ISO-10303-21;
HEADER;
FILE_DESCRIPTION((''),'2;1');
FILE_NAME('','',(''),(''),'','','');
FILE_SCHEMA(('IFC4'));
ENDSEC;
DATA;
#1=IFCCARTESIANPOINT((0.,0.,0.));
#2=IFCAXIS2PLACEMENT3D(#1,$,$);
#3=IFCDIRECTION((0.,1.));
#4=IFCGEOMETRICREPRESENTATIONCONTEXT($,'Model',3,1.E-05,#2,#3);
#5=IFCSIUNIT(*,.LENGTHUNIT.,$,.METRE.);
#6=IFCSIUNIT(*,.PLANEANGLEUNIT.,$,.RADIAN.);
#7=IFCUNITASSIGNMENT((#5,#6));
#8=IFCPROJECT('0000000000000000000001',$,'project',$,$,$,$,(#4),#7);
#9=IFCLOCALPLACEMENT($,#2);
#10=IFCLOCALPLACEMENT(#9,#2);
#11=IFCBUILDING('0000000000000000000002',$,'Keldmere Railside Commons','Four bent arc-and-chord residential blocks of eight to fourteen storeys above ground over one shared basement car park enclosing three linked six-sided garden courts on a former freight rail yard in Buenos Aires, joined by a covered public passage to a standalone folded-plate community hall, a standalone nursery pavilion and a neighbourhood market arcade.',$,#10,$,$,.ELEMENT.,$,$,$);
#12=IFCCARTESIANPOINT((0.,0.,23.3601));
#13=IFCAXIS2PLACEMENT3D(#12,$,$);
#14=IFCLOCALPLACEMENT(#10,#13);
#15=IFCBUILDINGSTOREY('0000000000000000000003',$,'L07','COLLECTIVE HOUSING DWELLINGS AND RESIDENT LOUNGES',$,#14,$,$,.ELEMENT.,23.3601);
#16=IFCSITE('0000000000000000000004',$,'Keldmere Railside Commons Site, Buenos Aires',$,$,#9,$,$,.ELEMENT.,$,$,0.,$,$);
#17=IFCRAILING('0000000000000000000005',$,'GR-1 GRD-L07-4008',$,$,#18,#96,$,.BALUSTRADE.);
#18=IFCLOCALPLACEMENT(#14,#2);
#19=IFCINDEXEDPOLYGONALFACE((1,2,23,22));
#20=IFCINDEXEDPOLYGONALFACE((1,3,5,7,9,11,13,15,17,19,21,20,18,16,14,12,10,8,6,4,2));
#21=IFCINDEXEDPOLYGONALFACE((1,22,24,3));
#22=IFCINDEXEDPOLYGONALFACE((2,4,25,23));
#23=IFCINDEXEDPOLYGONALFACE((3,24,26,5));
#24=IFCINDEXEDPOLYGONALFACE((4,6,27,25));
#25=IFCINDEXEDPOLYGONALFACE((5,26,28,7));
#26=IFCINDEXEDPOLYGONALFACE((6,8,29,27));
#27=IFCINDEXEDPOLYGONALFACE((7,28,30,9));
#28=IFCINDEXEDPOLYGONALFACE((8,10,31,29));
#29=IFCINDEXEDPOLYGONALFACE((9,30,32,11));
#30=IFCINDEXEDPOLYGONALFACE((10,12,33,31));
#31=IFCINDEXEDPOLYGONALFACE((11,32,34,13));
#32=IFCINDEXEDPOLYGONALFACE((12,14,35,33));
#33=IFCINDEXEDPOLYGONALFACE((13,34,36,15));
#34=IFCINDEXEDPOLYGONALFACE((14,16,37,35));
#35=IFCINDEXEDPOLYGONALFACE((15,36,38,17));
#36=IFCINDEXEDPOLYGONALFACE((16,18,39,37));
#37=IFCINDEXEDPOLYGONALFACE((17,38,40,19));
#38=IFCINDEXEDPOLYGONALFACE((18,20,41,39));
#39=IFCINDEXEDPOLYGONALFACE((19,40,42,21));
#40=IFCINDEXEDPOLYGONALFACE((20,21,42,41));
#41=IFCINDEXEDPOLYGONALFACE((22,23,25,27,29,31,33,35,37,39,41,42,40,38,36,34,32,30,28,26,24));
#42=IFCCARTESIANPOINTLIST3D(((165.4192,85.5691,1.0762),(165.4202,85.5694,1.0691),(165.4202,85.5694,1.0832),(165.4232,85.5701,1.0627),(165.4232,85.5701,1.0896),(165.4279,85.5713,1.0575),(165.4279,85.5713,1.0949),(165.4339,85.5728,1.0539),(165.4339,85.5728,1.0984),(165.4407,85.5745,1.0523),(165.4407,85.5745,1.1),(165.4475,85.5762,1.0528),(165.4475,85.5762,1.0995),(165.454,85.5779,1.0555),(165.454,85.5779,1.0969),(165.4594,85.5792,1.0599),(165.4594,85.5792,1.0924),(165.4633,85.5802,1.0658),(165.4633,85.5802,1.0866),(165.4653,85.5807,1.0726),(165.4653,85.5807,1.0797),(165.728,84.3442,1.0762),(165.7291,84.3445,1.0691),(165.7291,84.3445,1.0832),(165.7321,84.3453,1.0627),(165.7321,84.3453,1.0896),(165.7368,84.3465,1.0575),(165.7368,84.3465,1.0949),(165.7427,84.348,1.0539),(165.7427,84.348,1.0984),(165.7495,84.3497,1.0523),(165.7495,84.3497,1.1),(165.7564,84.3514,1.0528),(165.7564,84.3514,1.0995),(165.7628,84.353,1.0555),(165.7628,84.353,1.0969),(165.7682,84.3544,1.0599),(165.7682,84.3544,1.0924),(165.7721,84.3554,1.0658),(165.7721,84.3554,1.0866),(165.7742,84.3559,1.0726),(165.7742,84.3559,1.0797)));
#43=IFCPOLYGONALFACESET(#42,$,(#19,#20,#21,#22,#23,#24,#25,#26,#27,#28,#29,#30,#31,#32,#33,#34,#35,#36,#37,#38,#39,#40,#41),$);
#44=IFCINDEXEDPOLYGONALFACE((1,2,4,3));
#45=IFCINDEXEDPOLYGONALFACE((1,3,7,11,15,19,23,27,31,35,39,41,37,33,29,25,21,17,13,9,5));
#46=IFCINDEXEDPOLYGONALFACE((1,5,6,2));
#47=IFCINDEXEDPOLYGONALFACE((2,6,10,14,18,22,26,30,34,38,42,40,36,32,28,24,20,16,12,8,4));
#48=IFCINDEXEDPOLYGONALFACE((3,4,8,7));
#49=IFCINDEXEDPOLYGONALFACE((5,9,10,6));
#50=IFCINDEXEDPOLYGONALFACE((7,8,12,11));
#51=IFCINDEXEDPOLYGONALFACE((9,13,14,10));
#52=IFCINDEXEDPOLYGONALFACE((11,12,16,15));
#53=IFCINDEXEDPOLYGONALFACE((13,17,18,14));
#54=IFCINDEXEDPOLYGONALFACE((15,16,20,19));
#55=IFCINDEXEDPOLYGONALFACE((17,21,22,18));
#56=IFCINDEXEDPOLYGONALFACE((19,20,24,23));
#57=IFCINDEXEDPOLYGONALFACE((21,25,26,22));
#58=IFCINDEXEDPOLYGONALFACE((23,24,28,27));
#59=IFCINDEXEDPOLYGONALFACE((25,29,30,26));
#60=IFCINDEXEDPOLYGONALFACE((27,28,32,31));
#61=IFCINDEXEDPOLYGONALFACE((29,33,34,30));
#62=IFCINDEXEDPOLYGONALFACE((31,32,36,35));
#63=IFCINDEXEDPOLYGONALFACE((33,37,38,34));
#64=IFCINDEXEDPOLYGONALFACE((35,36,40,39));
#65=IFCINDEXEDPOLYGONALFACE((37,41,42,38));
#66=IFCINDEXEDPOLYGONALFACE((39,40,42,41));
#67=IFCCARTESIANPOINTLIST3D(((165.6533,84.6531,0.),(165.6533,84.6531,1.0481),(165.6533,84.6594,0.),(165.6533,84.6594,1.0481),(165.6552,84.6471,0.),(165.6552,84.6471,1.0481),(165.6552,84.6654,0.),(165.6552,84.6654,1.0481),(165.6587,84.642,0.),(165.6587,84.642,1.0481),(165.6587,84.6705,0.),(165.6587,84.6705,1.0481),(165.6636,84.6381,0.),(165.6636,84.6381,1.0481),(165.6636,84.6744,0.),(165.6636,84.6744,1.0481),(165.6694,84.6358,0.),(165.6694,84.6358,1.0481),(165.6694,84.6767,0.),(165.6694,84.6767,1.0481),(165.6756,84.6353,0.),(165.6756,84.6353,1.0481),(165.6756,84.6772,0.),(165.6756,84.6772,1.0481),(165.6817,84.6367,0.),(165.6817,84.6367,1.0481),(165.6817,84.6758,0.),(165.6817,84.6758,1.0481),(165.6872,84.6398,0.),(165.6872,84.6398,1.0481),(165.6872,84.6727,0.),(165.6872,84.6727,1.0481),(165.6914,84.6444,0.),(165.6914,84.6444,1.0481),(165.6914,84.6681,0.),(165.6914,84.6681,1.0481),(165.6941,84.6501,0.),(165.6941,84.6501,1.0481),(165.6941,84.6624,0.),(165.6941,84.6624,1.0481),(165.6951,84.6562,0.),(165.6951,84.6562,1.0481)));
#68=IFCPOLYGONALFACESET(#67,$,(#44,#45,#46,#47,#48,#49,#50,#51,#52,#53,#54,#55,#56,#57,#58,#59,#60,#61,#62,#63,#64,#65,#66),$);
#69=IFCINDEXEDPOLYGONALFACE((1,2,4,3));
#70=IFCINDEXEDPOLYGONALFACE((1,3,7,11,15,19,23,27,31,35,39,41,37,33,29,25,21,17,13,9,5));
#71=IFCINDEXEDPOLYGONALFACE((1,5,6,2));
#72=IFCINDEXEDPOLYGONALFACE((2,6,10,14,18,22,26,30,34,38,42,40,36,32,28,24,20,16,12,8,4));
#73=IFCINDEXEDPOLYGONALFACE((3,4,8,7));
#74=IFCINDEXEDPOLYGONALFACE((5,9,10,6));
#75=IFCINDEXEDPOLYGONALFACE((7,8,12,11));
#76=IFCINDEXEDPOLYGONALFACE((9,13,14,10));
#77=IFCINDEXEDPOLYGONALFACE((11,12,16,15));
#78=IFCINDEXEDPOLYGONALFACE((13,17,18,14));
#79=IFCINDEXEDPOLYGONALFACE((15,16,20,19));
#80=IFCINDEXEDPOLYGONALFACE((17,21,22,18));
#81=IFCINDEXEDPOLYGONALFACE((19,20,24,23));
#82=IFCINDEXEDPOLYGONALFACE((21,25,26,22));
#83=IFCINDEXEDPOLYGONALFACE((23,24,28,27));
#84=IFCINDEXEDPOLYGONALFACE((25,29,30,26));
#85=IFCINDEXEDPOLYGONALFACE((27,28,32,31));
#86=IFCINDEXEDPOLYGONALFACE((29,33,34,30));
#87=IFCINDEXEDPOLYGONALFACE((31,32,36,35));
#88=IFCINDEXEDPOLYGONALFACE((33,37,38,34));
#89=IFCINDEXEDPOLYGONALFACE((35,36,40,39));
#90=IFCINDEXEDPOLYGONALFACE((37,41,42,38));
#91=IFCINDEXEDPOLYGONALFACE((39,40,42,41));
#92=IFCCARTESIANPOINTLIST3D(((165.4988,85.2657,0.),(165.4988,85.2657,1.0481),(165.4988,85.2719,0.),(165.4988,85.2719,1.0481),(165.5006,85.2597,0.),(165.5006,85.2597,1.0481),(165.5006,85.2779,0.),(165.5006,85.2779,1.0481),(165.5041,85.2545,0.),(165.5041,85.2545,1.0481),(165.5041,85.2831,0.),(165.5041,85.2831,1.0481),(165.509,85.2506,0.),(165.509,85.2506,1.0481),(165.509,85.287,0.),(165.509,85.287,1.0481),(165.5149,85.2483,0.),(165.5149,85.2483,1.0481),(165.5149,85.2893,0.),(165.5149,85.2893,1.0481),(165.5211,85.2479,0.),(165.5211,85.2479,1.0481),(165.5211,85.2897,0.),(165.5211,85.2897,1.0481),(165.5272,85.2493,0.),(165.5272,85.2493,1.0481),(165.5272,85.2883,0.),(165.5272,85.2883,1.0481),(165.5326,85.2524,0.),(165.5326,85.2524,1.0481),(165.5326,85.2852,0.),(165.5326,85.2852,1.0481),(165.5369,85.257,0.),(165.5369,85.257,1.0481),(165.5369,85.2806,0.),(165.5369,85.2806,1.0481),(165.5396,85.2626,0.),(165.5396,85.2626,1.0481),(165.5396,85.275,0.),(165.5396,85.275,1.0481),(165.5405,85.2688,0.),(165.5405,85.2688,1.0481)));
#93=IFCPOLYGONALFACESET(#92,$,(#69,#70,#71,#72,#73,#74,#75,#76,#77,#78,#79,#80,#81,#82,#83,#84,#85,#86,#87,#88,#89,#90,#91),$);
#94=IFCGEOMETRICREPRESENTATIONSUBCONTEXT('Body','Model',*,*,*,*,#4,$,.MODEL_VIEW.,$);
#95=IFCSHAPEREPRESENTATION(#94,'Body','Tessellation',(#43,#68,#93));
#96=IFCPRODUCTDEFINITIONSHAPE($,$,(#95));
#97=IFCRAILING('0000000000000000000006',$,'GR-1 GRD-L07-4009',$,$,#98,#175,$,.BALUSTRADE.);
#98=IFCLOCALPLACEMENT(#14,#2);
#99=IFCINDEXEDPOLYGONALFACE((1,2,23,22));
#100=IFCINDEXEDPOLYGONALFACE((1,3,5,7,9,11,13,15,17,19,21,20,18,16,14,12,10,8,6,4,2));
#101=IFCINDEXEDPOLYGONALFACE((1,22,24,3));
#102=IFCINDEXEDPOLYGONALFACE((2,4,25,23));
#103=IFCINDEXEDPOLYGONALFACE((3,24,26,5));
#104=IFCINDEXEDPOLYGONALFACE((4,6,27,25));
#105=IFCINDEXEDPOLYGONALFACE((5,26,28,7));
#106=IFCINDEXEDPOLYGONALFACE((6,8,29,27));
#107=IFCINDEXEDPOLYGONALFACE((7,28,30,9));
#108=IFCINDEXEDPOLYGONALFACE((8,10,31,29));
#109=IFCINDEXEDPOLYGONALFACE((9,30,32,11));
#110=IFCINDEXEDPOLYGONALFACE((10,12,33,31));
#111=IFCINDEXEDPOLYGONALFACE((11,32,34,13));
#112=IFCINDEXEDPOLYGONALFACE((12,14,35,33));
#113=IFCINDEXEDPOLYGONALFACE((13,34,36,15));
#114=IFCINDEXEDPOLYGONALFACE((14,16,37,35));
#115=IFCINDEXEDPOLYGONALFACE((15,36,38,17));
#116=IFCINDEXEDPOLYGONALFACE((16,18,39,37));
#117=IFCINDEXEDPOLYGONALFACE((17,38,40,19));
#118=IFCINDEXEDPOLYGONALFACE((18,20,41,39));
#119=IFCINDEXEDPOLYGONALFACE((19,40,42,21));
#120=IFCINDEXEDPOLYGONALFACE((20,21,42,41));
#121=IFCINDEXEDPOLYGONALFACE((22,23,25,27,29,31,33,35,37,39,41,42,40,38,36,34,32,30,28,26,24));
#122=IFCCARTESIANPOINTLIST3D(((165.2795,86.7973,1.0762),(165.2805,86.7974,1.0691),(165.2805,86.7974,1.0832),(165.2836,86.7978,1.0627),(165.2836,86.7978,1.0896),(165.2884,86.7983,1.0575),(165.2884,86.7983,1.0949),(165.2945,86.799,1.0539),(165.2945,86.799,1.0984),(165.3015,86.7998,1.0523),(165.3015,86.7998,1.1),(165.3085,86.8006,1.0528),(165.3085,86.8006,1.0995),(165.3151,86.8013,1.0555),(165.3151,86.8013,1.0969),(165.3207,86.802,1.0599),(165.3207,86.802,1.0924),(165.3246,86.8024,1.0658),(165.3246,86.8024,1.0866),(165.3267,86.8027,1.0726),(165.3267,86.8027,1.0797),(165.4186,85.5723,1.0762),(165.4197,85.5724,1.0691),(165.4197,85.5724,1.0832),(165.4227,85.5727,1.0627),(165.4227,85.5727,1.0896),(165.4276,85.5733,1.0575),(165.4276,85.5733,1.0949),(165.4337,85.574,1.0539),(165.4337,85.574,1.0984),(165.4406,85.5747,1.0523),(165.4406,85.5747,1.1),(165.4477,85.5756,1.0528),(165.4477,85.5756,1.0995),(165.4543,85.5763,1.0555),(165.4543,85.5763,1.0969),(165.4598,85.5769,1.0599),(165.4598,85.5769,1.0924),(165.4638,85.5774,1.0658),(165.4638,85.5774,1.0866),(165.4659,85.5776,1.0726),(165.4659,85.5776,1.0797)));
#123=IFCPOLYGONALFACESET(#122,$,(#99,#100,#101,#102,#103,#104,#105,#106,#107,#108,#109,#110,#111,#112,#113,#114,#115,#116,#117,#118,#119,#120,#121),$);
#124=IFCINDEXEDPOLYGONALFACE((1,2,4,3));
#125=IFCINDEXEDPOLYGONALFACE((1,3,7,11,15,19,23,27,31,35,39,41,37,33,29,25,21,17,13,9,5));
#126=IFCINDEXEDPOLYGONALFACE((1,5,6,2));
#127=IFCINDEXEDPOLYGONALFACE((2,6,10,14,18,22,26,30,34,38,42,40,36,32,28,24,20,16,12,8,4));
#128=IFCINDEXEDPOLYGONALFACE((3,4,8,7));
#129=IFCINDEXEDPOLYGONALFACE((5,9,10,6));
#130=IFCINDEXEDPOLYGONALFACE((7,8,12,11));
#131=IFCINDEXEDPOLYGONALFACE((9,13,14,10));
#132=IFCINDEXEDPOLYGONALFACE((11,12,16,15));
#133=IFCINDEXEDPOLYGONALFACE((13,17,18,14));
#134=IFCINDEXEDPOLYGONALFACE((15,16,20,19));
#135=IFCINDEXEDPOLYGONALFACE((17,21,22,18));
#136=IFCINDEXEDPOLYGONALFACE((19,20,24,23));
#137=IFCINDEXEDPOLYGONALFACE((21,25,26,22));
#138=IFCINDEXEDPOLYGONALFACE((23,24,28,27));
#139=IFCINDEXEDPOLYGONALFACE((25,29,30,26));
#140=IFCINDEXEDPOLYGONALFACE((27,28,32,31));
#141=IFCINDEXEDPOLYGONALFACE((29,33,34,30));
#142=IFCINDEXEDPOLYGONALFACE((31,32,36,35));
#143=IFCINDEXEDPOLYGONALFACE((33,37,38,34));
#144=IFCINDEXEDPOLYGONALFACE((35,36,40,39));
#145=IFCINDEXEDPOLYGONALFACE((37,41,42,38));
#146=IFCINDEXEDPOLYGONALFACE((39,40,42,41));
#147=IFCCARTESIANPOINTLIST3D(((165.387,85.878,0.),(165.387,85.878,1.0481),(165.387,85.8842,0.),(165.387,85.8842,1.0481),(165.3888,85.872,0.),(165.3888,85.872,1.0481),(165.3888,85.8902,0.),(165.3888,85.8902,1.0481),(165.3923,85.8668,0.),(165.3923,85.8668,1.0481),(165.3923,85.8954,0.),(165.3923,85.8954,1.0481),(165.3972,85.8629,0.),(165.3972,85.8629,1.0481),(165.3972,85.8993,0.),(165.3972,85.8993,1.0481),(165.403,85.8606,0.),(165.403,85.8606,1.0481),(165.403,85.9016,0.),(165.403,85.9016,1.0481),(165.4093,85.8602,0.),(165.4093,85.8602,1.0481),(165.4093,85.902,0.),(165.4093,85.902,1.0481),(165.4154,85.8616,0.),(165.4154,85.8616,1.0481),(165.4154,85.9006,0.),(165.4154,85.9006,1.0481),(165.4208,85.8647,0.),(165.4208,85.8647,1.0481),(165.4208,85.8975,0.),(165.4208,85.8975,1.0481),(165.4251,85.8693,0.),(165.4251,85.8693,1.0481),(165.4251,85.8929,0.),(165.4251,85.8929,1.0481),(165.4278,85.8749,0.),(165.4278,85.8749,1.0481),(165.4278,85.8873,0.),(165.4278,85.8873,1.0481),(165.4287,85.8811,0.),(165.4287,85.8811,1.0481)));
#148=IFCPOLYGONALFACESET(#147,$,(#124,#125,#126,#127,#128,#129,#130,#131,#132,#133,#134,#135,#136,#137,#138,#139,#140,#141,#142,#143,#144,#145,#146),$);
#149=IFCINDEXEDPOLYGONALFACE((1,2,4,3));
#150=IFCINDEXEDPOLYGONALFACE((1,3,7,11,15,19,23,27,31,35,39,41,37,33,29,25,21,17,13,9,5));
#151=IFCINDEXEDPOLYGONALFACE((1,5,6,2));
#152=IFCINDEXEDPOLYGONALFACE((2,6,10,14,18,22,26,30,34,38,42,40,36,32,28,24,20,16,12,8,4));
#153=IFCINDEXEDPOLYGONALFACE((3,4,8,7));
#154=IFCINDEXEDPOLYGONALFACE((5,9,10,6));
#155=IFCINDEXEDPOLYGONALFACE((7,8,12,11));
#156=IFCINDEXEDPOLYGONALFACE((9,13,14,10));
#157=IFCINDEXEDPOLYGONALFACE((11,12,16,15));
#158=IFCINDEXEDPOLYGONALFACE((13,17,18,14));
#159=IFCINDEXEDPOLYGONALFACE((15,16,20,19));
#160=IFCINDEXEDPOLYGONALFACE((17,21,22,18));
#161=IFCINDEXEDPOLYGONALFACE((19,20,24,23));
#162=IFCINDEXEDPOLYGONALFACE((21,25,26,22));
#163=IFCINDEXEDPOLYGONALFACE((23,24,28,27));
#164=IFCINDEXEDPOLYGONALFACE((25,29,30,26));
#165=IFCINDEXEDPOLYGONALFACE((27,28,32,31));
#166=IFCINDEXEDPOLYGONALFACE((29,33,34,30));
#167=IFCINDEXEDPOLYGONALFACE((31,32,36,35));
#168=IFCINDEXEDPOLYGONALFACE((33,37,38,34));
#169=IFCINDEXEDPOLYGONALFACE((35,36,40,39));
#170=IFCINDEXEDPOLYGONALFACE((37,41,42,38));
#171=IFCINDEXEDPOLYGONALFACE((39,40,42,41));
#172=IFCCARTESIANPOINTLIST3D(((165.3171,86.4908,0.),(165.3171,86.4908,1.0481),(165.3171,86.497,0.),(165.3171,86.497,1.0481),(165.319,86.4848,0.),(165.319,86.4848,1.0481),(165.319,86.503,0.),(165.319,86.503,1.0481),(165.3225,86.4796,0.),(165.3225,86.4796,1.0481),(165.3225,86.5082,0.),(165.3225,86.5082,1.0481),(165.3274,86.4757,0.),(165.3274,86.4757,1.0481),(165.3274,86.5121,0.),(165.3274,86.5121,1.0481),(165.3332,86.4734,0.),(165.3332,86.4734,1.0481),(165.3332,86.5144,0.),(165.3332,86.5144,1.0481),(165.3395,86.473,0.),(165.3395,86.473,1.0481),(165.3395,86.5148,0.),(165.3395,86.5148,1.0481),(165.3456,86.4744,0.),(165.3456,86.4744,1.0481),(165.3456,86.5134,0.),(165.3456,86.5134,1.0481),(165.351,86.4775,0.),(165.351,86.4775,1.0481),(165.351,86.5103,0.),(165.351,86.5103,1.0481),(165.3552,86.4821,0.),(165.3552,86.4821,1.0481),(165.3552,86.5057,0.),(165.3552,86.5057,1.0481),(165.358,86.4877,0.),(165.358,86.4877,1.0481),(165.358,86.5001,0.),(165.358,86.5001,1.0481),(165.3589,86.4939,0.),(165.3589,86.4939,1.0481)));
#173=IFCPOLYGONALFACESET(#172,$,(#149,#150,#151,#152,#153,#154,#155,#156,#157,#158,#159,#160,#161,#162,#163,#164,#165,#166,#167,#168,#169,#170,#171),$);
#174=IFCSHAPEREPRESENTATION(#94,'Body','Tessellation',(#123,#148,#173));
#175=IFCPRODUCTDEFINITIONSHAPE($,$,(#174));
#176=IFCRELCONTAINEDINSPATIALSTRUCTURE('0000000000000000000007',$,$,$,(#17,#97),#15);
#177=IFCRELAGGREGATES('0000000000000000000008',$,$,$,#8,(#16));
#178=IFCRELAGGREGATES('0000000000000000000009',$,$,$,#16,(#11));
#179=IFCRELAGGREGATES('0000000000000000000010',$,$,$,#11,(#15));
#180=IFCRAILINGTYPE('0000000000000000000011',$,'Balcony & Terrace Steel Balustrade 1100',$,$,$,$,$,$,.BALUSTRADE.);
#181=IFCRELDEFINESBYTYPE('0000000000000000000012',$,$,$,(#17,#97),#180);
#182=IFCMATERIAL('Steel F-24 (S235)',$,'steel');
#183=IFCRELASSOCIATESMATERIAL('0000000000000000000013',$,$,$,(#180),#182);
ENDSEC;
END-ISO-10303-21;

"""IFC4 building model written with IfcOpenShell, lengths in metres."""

from ifc_helpers import new_model, si_unit, direction, frame, origin, origin_2d, place, context, subcontext, project, spatial, circle, extrude, material, type_object, element, save


model = new_model("IFC4")

# Units and contexts
model_context = context("Model", 3, precision=1e-05, world=origin(), true_north=direction((0.0, 1.0)))
body_context = subcontext(model_context, "Body", "Model", "MODEL_VIEW")
ifc_project = project(units=[si_unit("LENGTHUNIT", "METRE"), si_unit("PLANEANGLEUNIT", "RADIAN")], contexts=[model_context])

# Site, building, storey
site_placement = place(None, origin())
site = spatial("IfcSite", under=ifc_project, at=site_placement, Name="Keldmere Railside Commons Site, Buenos Aires", CompositionType="ELEMENT", RefElevation=0.0)
building_placement = place(site_placement, origin())
building = spatial("IfcBuilding", under=site, at=building_placement, Name="Keldmere Railside Commons", Description="Four bent arc-and-chord residential blocks of eight to fourteen storeys above ground over one shared basement car park enclosing three linked six-sided garden courts on a former freight rail yard in Buenos Aires, joined by a covered public passage to a standalone folded-plate community hall, a standalone nursery pavilion and a neighbourhood market arcade.", CompositionType="ELEMENT")
storey_placement = place(building_placement, frame((0.0, 0.0, 23.3601)))
storey = spatial("IfcBuildingStorey", under=building, at=storey_placement, Name="L07", Description="COLLECTIVE HOUSING DWELLINGS AND RESIDENT LOUNGES", CompositionType="ELEMENT", Elevation=23.3601)

# Railings
ifc_material_1 = material(Name="Steel F-24 (S235)", Category="steel")
railing_type = type_object("IfcRailingType", Name="Balcony & Terrace Steel Balustrade 1100", PredefinedType="BALUSTRADE", material=ifc_material_1)
railing_1_placement = place(storey_placement, frame((165.7512, 84.3501, 0.0)))
element("IfcRailing", 1, at=railing_1_placement, inside=storey, type_object=railing_type, Name="GR-1 GRD-L07-4008", PredefinedType="BALUSTRADE", context=body_context, shape_type="SweptSolid", body=[
    extrude(circle(Radius=0.0239, at=origin_2d()), frame((0.0, 0.0, 1.0762), z_axis=(-0.244491, 0.969652, 0.0), x_axis=(-0.969652, -0.244491, 0.0)), (0.0, 0.0, 1.0), 1.2632),
    extrude(circle(Radius=0.021, at=origin_2d()), frame((-0.0771, 0.3062, 0.0)), (0.0, 0.0, 1.0), 1.0481),
    extrude(circle(Radius=0.021, at=origin_2d()), frame((-0.2317, 0.9187, 0.0)), (0.0, 0.0, 1.0), 1.0481),
])
railing_2_placement = place(storey_placement, frame((165.4424, 85.575, 0.0)))
element("IfcRailing", 2, at=railing_2_placement, inside=storey, type_object=railing_type, Name="GR-1 GRD-L07-4009", PredefinedType="BALUSTRADE", context=body_context, shape_type="SweptSolid", body=[
    extrude(circle(Radius=0.0239, at=origin_2d()), frame((0.0, 0.0, 1.0762), z_axis=(-0.112865, 0.99361, 0.0), x_axis=(-0.99361, -0.112865, 0.0)), (0.0, 0.0, 1.0), 1.2329),
    extrude(circle(Radius=0.021, at=origin_2d()), frame((-0.0347, 0.3062, 0.0)), (0.0, 0.0, 1.0), 1.0481),
    extrude(circle(Radius=0.021, at=origin_2d()), frame((-0.1045, 0.9189, 0.0)), (0.0, 0.0, 1.0), 1.0481),
])

save(model, "model.ifc")
